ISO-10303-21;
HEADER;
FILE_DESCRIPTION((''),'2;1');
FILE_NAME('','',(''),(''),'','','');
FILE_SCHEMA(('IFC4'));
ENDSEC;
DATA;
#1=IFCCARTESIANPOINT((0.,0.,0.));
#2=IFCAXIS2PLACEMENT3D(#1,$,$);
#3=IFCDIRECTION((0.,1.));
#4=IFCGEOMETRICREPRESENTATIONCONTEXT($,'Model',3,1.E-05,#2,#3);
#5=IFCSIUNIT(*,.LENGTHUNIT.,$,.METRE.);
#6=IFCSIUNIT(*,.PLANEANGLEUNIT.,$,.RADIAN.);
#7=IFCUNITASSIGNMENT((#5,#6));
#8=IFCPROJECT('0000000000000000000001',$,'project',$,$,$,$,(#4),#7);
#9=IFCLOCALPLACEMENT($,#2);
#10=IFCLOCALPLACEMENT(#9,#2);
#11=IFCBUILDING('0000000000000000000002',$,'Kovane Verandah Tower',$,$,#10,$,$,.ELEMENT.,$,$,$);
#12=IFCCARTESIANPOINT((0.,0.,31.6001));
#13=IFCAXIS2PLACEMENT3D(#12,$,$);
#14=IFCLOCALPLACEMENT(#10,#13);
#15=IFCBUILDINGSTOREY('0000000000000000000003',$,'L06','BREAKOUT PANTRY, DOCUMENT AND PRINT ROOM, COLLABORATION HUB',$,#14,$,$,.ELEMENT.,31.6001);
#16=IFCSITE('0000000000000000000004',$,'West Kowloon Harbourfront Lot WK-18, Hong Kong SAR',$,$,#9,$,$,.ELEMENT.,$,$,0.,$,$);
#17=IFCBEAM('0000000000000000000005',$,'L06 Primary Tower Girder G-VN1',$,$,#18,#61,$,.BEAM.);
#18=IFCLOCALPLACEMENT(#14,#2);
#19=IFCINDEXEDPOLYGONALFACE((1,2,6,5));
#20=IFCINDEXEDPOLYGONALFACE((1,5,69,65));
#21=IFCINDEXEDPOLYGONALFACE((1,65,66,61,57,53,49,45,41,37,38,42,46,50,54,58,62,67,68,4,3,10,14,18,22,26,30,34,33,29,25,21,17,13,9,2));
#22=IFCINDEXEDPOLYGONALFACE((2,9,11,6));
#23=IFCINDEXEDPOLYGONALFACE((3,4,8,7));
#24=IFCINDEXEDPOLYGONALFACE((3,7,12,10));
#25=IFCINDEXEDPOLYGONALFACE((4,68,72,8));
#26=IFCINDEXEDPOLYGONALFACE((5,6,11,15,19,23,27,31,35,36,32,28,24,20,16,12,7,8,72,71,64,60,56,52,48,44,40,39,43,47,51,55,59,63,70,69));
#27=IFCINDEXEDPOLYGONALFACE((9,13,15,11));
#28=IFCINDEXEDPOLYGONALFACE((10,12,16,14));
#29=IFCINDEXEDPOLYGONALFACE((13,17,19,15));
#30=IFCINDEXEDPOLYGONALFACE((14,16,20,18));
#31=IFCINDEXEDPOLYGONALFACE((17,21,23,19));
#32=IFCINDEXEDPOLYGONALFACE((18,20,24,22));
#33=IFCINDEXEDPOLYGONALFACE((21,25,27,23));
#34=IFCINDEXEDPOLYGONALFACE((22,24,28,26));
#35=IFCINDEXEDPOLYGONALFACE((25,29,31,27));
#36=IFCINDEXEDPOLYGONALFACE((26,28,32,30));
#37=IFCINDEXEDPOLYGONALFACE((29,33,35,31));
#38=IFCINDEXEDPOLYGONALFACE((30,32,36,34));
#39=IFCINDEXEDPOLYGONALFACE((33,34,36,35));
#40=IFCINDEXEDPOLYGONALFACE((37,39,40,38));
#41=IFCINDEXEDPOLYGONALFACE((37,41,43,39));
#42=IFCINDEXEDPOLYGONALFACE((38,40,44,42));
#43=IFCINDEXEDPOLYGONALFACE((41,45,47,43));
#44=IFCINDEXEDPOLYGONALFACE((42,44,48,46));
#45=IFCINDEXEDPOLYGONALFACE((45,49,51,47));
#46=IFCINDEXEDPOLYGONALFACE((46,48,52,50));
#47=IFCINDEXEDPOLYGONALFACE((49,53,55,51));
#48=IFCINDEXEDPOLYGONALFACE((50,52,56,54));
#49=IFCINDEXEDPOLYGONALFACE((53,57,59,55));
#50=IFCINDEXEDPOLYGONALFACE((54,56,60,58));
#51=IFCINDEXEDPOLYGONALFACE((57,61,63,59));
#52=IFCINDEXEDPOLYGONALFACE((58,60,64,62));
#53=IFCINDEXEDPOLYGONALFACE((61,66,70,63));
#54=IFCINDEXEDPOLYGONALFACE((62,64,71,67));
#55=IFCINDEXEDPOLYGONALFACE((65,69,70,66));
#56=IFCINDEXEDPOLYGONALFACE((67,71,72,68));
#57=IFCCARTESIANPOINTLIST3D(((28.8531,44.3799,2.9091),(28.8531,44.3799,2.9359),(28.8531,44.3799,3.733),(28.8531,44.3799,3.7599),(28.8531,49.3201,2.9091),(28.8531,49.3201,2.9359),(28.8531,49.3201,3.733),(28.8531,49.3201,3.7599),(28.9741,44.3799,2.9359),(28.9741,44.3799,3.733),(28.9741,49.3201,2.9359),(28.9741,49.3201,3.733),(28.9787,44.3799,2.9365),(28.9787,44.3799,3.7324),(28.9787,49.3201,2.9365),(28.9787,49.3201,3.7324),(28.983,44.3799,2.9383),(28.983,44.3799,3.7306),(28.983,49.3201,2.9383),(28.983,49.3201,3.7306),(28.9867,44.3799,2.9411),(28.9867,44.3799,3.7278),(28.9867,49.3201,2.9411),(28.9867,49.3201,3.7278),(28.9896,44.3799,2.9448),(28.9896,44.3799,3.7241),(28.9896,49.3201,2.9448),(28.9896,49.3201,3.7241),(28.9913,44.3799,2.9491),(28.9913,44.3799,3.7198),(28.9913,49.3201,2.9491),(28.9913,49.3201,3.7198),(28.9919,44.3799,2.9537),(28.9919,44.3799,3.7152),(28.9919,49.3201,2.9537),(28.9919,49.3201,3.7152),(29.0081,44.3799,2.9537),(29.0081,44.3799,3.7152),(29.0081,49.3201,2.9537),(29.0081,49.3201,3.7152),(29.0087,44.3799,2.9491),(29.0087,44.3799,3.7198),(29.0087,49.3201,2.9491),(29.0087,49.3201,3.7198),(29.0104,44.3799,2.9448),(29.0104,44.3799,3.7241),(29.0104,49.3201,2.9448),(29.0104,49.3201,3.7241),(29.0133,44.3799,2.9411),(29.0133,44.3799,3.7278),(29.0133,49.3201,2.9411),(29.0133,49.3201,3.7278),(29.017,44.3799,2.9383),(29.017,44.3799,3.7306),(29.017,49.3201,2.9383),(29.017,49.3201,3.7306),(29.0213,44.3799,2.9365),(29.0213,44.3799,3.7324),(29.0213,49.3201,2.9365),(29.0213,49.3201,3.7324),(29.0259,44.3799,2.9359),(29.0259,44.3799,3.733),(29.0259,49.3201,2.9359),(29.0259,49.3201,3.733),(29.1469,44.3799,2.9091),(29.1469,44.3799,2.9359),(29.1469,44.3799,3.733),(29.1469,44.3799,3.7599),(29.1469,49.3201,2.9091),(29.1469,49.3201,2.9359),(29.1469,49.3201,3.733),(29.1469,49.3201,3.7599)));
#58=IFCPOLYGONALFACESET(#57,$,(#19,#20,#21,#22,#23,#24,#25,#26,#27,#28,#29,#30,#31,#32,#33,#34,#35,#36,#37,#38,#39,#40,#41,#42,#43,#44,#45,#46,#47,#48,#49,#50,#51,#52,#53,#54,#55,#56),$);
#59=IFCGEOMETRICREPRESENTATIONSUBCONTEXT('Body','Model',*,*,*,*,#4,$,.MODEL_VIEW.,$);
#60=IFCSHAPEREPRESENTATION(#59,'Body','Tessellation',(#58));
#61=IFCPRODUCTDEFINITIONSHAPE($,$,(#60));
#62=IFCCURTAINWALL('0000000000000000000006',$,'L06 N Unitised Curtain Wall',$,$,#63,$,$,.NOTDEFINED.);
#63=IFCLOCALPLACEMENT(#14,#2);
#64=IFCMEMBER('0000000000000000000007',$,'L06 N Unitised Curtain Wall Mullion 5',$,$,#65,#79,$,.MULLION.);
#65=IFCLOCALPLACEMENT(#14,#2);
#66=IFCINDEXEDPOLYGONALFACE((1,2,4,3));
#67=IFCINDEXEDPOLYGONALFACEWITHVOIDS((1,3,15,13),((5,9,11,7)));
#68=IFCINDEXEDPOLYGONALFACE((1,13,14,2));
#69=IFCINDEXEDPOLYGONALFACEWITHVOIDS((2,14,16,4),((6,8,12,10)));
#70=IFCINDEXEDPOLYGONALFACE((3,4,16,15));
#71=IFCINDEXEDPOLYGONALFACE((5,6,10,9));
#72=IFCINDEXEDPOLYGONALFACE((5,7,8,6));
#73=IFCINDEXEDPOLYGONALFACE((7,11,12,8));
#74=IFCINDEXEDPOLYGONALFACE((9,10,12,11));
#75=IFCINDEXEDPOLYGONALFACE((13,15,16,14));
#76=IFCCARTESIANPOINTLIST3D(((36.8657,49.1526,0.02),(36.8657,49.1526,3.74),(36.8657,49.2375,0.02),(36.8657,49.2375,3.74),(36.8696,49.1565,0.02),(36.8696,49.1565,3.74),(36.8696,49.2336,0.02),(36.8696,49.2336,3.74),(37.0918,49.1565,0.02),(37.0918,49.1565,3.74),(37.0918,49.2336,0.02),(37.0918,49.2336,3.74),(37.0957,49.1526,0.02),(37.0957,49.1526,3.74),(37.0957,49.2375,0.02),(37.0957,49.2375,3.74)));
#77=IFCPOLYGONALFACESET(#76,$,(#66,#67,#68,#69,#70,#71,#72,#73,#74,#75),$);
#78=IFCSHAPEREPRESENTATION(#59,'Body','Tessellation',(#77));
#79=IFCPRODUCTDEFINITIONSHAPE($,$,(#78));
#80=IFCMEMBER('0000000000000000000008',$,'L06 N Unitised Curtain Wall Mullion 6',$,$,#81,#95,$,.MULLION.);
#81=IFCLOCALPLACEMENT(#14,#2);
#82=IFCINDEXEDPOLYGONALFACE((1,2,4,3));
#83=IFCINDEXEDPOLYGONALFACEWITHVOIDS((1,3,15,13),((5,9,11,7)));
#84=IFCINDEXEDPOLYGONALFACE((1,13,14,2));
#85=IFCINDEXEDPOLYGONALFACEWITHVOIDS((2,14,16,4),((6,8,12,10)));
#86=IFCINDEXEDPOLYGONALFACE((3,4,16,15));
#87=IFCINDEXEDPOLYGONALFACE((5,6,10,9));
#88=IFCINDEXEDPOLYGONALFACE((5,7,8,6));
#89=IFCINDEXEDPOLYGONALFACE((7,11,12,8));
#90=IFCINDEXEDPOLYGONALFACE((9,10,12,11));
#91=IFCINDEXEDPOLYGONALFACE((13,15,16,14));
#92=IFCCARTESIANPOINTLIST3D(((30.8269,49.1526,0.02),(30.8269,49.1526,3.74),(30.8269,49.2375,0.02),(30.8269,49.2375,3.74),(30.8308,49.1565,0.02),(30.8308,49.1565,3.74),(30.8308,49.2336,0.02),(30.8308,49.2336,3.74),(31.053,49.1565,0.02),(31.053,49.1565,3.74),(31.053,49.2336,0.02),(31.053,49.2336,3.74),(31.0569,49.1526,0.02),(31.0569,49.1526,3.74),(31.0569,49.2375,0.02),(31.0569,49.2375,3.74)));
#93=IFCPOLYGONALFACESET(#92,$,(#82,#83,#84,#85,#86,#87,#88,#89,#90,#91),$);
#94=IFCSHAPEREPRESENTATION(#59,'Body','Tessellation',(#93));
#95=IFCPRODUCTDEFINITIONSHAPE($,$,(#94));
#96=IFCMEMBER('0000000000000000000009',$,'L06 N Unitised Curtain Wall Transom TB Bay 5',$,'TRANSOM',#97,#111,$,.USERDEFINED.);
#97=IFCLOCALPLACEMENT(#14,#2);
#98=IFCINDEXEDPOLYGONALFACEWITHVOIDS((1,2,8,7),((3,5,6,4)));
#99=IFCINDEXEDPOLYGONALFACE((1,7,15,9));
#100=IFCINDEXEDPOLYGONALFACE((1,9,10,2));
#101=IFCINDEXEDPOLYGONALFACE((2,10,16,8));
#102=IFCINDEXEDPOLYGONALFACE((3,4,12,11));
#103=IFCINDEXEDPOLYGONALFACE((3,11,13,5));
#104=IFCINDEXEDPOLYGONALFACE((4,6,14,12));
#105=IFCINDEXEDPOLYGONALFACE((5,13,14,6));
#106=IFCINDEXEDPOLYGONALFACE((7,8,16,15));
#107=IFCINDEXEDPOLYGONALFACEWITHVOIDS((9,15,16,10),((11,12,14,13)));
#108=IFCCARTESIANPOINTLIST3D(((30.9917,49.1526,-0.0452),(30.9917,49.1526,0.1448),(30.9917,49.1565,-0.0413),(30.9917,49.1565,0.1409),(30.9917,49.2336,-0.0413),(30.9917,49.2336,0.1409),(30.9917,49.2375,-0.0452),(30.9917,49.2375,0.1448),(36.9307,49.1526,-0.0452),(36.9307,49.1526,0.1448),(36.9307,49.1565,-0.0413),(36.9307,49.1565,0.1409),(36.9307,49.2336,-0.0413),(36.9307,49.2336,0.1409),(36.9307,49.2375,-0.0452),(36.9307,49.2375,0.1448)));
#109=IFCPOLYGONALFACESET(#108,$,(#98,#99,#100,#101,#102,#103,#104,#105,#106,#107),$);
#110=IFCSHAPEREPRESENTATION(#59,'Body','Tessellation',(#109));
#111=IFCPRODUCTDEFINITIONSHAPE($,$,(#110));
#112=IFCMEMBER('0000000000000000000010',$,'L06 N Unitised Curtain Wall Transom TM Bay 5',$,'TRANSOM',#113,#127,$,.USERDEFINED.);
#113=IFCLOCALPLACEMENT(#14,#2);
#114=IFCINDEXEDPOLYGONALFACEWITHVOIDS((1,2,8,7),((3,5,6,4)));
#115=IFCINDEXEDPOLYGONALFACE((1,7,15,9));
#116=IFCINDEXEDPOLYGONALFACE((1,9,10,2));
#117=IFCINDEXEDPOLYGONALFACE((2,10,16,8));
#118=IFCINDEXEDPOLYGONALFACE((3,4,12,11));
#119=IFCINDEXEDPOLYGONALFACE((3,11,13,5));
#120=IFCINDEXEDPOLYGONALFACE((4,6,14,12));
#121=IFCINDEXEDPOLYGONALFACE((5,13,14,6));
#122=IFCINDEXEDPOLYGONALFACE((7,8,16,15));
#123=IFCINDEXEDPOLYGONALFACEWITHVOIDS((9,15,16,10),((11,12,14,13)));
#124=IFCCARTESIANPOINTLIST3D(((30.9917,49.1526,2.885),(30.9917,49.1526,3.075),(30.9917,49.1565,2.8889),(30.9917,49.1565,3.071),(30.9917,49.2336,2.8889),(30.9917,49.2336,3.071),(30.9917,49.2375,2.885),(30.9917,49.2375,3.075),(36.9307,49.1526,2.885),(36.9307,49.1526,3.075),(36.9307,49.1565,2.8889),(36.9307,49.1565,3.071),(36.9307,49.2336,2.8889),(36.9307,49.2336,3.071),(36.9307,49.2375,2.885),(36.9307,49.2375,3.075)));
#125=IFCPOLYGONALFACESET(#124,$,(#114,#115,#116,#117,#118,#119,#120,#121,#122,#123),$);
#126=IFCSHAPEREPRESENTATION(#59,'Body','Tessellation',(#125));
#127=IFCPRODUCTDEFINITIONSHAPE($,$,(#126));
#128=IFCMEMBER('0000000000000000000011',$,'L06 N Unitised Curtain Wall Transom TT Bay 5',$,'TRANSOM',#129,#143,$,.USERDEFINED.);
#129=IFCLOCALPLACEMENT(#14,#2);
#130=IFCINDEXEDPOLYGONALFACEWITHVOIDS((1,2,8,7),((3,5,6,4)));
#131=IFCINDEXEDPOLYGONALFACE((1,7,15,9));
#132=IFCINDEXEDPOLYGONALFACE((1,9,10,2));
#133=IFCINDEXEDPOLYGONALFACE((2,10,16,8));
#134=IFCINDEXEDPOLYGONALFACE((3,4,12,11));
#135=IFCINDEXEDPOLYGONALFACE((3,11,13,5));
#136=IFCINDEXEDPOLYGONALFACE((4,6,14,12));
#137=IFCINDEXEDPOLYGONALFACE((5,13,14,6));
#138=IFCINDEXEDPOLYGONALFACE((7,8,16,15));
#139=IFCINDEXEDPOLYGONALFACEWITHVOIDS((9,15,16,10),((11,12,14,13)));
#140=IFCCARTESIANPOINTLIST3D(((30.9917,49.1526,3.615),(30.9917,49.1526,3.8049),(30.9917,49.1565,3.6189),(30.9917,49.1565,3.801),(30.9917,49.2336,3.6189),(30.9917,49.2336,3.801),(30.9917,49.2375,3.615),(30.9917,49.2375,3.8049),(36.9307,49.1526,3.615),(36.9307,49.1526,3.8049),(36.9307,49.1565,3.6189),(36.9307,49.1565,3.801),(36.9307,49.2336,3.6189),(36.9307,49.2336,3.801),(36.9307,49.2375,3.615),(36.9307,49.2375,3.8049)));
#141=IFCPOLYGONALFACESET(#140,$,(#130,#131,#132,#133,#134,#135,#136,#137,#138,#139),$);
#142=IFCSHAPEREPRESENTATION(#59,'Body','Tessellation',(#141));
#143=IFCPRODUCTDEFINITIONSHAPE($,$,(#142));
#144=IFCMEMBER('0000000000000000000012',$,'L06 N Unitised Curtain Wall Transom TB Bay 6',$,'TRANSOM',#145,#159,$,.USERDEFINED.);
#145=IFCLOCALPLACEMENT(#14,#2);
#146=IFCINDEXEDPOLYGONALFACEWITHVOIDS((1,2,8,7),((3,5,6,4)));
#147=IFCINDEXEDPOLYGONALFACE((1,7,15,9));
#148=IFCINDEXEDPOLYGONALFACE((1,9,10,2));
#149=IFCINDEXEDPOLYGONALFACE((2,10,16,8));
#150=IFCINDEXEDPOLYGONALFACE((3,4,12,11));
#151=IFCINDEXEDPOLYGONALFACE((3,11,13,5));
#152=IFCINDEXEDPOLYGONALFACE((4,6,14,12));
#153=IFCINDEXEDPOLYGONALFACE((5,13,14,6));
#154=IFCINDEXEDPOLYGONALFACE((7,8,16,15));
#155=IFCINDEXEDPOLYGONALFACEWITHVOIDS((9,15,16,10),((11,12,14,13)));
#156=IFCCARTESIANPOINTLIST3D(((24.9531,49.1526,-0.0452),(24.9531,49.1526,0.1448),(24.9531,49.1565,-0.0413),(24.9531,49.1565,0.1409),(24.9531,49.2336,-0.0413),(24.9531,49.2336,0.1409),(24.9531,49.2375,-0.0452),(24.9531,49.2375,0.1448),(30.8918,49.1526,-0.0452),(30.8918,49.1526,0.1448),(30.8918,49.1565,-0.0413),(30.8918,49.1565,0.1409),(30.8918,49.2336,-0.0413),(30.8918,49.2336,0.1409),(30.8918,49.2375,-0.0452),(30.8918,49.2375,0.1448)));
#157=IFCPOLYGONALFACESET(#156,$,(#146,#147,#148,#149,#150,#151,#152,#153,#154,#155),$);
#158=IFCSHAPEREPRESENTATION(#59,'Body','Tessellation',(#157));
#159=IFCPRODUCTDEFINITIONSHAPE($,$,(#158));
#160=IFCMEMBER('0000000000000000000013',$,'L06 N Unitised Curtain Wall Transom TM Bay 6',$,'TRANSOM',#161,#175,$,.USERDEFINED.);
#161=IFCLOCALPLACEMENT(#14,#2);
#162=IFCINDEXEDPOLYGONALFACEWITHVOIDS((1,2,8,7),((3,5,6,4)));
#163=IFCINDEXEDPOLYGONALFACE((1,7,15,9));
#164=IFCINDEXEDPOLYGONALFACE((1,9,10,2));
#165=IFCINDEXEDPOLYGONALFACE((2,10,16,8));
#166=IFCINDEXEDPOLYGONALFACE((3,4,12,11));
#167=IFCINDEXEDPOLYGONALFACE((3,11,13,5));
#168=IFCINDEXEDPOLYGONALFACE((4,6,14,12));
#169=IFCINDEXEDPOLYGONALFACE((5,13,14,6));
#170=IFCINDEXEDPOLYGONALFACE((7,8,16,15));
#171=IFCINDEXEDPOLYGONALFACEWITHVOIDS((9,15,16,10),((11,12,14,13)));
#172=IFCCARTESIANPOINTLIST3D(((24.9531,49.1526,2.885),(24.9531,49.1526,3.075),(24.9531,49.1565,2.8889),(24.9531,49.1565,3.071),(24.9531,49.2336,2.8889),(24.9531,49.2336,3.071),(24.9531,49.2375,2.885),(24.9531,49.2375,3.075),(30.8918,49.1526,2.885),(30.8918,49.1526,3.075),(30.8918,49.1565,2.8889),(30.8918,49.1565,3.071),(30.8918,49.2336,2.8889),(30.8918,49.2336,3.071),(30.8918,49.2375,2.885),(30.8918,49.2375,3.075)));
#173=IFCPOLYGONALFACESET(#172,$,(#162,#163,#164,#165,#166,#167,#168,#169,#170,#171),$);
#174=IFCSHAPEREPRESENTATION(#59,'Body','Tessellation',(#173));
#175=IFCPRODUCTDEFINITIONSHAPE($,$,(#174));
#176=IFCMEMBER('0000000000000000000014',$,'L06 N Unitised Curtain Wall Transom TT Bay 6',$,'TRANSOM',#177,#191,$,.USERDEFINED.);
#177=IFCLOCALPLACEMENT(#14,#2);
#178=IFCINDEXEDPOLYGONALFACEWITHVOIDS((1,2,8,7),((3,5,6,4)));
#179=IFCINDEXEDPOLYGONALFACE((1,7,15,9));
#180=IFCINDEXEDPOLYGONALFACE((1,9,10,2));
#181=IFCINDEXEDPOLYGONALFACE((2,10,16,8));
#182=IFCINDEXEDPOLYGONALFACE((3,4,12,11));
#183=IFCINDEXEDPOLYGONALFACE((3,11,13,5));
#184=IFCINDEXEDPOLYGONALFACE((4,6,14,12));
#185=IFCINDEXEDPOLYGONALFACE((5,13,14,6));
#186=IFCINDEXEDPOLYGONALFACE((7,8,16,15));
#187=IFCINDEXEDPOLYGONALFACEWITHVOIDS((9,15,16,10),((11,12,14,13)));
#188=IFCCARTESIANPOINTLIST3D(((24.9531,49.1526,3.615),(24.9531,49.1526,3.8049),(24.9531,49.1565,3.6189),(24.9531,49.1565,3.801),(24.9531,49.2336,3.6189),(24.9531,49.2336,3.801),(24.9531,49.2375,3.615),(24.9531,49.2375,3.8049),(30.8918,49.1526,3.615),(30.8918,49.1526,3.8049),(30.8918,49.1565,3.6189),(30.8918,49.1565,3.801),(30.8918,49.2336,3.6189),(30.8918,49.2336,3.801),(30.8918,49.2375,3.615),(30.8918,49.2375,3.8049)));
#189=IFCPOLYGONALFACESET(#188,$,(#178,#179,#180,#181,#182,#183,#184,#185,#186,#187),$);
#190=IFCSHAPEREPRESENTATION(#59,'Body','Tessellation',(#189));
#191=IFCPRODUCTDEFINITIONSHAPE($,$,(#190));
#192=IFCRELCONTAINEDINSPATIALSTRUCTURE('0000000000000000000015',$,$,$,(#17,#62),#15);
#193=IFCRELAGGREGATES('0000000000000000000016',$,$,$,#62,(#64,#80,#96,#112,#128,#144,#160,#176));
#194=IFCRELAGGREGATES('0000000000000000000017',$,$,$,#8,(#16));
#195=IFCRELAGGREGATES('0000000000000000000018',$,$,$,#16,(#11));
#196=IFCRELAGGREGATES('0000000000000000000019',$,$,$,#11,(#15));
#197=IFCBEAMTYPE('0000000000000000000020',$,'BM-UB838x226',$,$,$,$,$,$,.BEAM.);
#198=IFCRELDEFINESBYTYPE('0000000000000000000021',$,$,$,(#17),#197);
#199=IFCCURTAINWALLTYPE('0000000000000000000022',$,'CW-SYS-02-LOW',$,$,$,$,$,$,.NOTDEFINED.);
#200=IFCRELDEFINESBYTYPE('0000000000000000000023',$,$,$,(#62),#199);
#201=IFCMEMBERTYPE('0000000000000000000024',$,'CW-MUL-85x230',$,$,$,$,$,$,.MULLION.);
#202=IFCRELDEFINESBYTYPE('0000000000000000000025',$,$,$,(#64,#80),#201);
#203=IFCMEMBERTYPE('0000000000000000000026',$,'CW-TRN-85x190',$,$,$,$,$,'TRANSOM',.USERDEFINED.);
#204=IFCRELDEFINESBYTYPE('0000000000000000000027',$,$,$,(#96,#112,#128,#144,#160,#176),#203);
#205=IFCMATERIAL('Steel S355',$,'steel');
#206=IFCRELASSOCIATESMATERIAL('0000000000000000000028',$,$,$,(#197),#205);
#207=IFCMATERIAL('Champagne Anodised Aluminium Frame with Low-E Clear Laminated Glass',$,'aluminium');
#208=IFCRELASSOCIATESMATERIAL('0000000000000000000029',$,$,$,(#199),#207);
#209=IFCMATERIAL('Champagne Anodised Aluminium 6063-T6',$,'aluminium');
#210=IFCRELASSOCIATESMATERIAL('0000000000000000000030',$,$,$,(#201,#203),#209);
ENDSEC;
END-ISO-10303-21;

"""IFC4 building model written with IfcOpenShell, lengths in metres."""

from ifc_helpers import new_model, si_unit, direction, frame, origin, origin_2d, place, context, subcontext, project, spatial, hollow_rectangle, i_section, extrude, material, material_profile, profile_set, type_object, element, aggregate, save


model = new_model("IFC4")

# Units and contexts
model_context = context("Model", 3, precision=1e-05, world=origin(), true_north=direction((0.0, 1.0)))
body_context = subcontext(model_context, "Body", "Model", "MODEL_VIEW")
ifc_project = project(units=[si_unit("LENGTHUNIT", "METRE"), si_unit("PLANEANGLEUNIT", "RADIAN")], contexts=[model_context])

# Site, building, storey
site_placement = place(None, origin())
site = spatial("IfcSite", under=ifc_project, at=site_placement, Name="West Kowloon Harbourfront Lot WK-18, Hong Kong SAR", CompositionType="ELEMENT", RefElevation=0.0)
building_placement = place(site_placement, origin())
building = spatial("IfcBuilding", under=site, at=building_placement, Name="Kovane Verandah Tower", CompositionType="ELEMENT")
storey_placement = place(building_placement, frame((0.0, 0.0, 31.6001)))
storey = spatial("IfcBuildingStorey", under=building, at=storey_placement, Name="L06", Description="BREAKOUT PANTRY, DOCUMENT AND PRINT ROOM, COLLABORATION HUB", CompositionType="ELEMENT", Elevation=31.6001)

# Beam
ifc_material_1 = material(Name="Steel S355", Category="steel")
ifc_material_profile_1 = material_profile(ifc_material_1, i_section(OverallWidth=0.2937, OverallDepth=0.8508, WebThickness=0.0161, FlangeThickness=0.0269, FilletRadius=0.0178, at=origin_2d()), Name="UB838x292x226")
ifc_profile_set_1 = profile_set([ifc_material_profile_1], Name="Steel S355")
beam_type_1 = type_object("IfcBeamType", Name="BM-UB838x226", PredefinedType="BEAM", material=ifc_profile_set_1)
beam_1_placement = place(storey_placement, frame((29.0, 44.3799, 3.3345), z_axis=(0.0, 1.0, 0.0), x_axis=(-1.0, 0.0, 0.0)))
element("IfcBeam", 1, at=beam_1_placement, inside=storey, type_object=beam_type_1, Name="L06 Primary Tower Girder G-VN1", PredefinedType="BEAM", context=body_context, shape_type="SweptSolid", body=[
    extrude(i_section(OverallWidth=0.2937, OverallDepth=0.8508, WebThickness=0.0161, FlangeThickness=0.0269, FilletRadius=0.0178, at=origin_2d()), origin(), (0.0, 0.0, 1.0), 4.9402),
])

# Curtain wall, members
ifc_material_2 = material(Name="Champagne Anodised Aluminium Frame with Low-E Clear Laminated Glass", Category="aluminium")
curtain_wall_type = type_object("IfcCurtainWallType", Name="CW-SYS-02-LOW", PredefinedType="NOTDEFINED", material=ifc_material_2)
curtain_wall_placement = place(storey_placement, origin())
curtain_wall = element("IfcCurtainWall", 2, at=curtain_wall_placement, inside=storey, type_object=curtain_wall_type, Name="L06 N Unitised Curtain Wall", PredefinedType="NOTDEFINED")
ifc_material_3 = material(Name="Champagne Anodised Aluminium 6063-T6", Category="aluminium")
ifc_material_profile_2 = material_profile(ifc_material_3, hollow_rectangle(XDim=0.085, YDim=0.23, WallThickness=0.0039, at=origin_2d()), Name="AL85x230x4")
ifc_profile_set_2 = profile_set([ifc_material_profile_2], Name="Champagne Anodised Aluminium 6063-T6")
member_type_1 = type_object("IfcMemberType", Name="CW-MUL-85x230", PredefinedType="MULLION", material=ifc_profile_set_2)
member_1_placement = place(storey_placement, frame((36.9807, 49.1951, 0.02), z_axis=(0.0, 0.0, 1.0), x_axis=(0.0, 1.0, 0.0)))
member_1 = element("IfcMember", 3, at=member_1_placement, type_object=member_type_1, Name="L06 N Unitised Curtain Wall Mullion 5", PredefinedType="MULLION", context=body_context, shape_type="SweptSolid", body=[
    extrude(hollow_rectangle(XDim=0.085, YDim=0.23, WallThickness=0.0039, at=origin_2d()), origin(), (0.0, 0.0, 1.0), 3.72),
])
member_2_placement = place(storey_placement, frame((30.9419, 49.1951, 0.02), z_axis=(0.0, 0.0, 1.0), x_axis=(0.0, 1.0, 0.0)))
member_2 = element("IfcMember", 4, at=member_2_placement, type_object=member_type_1, Name="L06 N Unitised Curtain Wall Mullion 6", PredefinedType="MULLION", context=body_context, shape_type="SweptSolid", body=[
    extrude(hollow_rectangle(XDim=0.085, YDim=0.23, WallThickness=0.0039, at=origin_2d()), origin(), (0.0, 0.0, 1.0), 3.72),
])
ifc_material_profile_3 = material_profile(ifc_material_3, hollow_rectangle(XDim=0.085, YDim=0.1899, WallThickness=0.0039, at=origin_2d()), Name="AL85x190x4")
ifc_profile_set_3 = profile_set([ifc_material_profile_3], Name="Champagne Anodised Aluminium 6063-T6")
member_type_2 = type_object("IfcMemberType", Name="CW-TRN-85x190", ElementType="TRANSOM", PredefinedType="USERDEFINED", material=ifc_profile_set_3)
member_3_placement = place(storey_placement, frame((36.9307, 49.1951, 0.0498), z_axis=(-1.0, 0.0, 0.0), x_axis=(0.0, -1.0, 0.0)))
member_3 = element("IfcMember", 5, at=member_3_placement, type_object=member_type_2, Name="L06 N Unitised Curtain Wall Transom TB Bay 5", ObjectType="TRANSOM", PredefinedType="USERDEFINED", context=body_context, shape_type="SweptSolid", body=[
    extrude(hollow_rectangle(XDim=0.085, YDim=0.1899, WallThickness=0.0039, at=origin_2d()), origin(), (0.0, 0.0, 1.0), 5.939),
])
member_4_placement = place(storey_placement, frame((36.9307, 49.1951, 2.98), z_axis=(-1.0, 0.0, 0.0), x_axis=(0.0, -1.0, 0.0)))
member_4 = element("IfcMember", 6, at=member_4_placement, type_object=member_type_2, Name="L06 N Unitised Curtain Wall Transom TM Bay 5", ObjectType="TRANSOM", PredefinedType="USERDEFINED", context=body_context, shape_type="SweptSolid", body=[
    extrude(hollow_rectangle(XDim=0.085, YDim=0.1899, WallThickness=0.0039, at=origin_2d()), origin(), (0.0, 0.0, 1.0), 5.939),
])
member_5_placement = place(storey_placement, frame((36.9307, 49.1951, 3.71), z_axis=(-1.0, 0.0, 0.0), x_axis=(0.0, -1.0, 0.0)))
member_5 = element("IfcMember", 7, at=member_5_placement, type_object=member_type_2, Name="L06 N Unitised Curtain Wall Transom TT Bay 5", ObjectType="TRANSOM", PredefinedType="USERDEFINED", context=body_context, shape_type="SweptSolid", body=[
    extrude(hollow_rectangle(XDim=0.085, YDim=0.1899, WallThickness=0.0039, at=origin_2d()), origin(), (0.0, 0.0, 1.0), 5.939),
])
member_6_placement = place(storey_placement, frame((30.8918, 49.1951, 0.0498), z_axis=(-1.0, 0.0, 0.0), x_axis=(0.0, -1.0, 0.0)))
member_6 = element("IfcMember", 8, at=member_6_placement, type_object=member_type_2, Name="L06 N Unitised Curtain Wall Transom TB Bay 6", ObjectType="TRANSOM", PredefinedType="USERDEFINED", context=body_context, shape_type="SweptSolid", body=[
    extrude(hollow_rectangle(XDim=0.085, YDim=0.1899, WallThickness=0.0039, at=origin_2d()), origin(), (0.0, 0.0, 1.0), 5.9387),
])
member_7_placement = place(storey_placement, frame((30.8918, 49.1951, 2.98), z_axis=(-1.0, 0.0, 0.0), x_axis=(0.0, -1.0, 0.0)))
member_7 = element("IfcMember", 9, at=member_7_placement, type_object=member_type_2, Name="L06 N Unitised Curtain Wall Transom TM Bay 6", ObjectType="TRANSOM", PredefinedType="USERDEFINED", context=body_context, shape_type="SweptSolid", body=[
    extrude(hollow_rectangle(XDim=0.085, YDim=0.1899, WallThickness=0.0039, at=origin_2d()), origin(), (0.0, 0.0, 1.0), 5.9387),
])
member_8_placement = place(storey_placement, frame((30.8918, 49.1951, 3.71), z_axis=(-1.0, 0.0, 0.0), x_axis=(0.0, -1.0, 0.0)))
member_8 = element("IfcMember", 10, at=member_8_placement, type_object=member_type_2, Name="L06 N Unitised Curtain Wall Transom TT Bay 6", ObjectType="TRANSOM", PredefinedType="USERDEFINED", context=body_context, shape_type="SweptSolid", body=[
    extrude(hollow_rectangle(XDim=0.085, YDim=0.1899, WallThickness=0.0039, at=origin_2d()), origin(), (0.0, 0.0, 1.0), 5.9387),
])

aggregate(curtain_wall, [member_1, member_2, member_3, member_4, member_5, member_6, member_7, member_8])

save(model, "model.ifc")
